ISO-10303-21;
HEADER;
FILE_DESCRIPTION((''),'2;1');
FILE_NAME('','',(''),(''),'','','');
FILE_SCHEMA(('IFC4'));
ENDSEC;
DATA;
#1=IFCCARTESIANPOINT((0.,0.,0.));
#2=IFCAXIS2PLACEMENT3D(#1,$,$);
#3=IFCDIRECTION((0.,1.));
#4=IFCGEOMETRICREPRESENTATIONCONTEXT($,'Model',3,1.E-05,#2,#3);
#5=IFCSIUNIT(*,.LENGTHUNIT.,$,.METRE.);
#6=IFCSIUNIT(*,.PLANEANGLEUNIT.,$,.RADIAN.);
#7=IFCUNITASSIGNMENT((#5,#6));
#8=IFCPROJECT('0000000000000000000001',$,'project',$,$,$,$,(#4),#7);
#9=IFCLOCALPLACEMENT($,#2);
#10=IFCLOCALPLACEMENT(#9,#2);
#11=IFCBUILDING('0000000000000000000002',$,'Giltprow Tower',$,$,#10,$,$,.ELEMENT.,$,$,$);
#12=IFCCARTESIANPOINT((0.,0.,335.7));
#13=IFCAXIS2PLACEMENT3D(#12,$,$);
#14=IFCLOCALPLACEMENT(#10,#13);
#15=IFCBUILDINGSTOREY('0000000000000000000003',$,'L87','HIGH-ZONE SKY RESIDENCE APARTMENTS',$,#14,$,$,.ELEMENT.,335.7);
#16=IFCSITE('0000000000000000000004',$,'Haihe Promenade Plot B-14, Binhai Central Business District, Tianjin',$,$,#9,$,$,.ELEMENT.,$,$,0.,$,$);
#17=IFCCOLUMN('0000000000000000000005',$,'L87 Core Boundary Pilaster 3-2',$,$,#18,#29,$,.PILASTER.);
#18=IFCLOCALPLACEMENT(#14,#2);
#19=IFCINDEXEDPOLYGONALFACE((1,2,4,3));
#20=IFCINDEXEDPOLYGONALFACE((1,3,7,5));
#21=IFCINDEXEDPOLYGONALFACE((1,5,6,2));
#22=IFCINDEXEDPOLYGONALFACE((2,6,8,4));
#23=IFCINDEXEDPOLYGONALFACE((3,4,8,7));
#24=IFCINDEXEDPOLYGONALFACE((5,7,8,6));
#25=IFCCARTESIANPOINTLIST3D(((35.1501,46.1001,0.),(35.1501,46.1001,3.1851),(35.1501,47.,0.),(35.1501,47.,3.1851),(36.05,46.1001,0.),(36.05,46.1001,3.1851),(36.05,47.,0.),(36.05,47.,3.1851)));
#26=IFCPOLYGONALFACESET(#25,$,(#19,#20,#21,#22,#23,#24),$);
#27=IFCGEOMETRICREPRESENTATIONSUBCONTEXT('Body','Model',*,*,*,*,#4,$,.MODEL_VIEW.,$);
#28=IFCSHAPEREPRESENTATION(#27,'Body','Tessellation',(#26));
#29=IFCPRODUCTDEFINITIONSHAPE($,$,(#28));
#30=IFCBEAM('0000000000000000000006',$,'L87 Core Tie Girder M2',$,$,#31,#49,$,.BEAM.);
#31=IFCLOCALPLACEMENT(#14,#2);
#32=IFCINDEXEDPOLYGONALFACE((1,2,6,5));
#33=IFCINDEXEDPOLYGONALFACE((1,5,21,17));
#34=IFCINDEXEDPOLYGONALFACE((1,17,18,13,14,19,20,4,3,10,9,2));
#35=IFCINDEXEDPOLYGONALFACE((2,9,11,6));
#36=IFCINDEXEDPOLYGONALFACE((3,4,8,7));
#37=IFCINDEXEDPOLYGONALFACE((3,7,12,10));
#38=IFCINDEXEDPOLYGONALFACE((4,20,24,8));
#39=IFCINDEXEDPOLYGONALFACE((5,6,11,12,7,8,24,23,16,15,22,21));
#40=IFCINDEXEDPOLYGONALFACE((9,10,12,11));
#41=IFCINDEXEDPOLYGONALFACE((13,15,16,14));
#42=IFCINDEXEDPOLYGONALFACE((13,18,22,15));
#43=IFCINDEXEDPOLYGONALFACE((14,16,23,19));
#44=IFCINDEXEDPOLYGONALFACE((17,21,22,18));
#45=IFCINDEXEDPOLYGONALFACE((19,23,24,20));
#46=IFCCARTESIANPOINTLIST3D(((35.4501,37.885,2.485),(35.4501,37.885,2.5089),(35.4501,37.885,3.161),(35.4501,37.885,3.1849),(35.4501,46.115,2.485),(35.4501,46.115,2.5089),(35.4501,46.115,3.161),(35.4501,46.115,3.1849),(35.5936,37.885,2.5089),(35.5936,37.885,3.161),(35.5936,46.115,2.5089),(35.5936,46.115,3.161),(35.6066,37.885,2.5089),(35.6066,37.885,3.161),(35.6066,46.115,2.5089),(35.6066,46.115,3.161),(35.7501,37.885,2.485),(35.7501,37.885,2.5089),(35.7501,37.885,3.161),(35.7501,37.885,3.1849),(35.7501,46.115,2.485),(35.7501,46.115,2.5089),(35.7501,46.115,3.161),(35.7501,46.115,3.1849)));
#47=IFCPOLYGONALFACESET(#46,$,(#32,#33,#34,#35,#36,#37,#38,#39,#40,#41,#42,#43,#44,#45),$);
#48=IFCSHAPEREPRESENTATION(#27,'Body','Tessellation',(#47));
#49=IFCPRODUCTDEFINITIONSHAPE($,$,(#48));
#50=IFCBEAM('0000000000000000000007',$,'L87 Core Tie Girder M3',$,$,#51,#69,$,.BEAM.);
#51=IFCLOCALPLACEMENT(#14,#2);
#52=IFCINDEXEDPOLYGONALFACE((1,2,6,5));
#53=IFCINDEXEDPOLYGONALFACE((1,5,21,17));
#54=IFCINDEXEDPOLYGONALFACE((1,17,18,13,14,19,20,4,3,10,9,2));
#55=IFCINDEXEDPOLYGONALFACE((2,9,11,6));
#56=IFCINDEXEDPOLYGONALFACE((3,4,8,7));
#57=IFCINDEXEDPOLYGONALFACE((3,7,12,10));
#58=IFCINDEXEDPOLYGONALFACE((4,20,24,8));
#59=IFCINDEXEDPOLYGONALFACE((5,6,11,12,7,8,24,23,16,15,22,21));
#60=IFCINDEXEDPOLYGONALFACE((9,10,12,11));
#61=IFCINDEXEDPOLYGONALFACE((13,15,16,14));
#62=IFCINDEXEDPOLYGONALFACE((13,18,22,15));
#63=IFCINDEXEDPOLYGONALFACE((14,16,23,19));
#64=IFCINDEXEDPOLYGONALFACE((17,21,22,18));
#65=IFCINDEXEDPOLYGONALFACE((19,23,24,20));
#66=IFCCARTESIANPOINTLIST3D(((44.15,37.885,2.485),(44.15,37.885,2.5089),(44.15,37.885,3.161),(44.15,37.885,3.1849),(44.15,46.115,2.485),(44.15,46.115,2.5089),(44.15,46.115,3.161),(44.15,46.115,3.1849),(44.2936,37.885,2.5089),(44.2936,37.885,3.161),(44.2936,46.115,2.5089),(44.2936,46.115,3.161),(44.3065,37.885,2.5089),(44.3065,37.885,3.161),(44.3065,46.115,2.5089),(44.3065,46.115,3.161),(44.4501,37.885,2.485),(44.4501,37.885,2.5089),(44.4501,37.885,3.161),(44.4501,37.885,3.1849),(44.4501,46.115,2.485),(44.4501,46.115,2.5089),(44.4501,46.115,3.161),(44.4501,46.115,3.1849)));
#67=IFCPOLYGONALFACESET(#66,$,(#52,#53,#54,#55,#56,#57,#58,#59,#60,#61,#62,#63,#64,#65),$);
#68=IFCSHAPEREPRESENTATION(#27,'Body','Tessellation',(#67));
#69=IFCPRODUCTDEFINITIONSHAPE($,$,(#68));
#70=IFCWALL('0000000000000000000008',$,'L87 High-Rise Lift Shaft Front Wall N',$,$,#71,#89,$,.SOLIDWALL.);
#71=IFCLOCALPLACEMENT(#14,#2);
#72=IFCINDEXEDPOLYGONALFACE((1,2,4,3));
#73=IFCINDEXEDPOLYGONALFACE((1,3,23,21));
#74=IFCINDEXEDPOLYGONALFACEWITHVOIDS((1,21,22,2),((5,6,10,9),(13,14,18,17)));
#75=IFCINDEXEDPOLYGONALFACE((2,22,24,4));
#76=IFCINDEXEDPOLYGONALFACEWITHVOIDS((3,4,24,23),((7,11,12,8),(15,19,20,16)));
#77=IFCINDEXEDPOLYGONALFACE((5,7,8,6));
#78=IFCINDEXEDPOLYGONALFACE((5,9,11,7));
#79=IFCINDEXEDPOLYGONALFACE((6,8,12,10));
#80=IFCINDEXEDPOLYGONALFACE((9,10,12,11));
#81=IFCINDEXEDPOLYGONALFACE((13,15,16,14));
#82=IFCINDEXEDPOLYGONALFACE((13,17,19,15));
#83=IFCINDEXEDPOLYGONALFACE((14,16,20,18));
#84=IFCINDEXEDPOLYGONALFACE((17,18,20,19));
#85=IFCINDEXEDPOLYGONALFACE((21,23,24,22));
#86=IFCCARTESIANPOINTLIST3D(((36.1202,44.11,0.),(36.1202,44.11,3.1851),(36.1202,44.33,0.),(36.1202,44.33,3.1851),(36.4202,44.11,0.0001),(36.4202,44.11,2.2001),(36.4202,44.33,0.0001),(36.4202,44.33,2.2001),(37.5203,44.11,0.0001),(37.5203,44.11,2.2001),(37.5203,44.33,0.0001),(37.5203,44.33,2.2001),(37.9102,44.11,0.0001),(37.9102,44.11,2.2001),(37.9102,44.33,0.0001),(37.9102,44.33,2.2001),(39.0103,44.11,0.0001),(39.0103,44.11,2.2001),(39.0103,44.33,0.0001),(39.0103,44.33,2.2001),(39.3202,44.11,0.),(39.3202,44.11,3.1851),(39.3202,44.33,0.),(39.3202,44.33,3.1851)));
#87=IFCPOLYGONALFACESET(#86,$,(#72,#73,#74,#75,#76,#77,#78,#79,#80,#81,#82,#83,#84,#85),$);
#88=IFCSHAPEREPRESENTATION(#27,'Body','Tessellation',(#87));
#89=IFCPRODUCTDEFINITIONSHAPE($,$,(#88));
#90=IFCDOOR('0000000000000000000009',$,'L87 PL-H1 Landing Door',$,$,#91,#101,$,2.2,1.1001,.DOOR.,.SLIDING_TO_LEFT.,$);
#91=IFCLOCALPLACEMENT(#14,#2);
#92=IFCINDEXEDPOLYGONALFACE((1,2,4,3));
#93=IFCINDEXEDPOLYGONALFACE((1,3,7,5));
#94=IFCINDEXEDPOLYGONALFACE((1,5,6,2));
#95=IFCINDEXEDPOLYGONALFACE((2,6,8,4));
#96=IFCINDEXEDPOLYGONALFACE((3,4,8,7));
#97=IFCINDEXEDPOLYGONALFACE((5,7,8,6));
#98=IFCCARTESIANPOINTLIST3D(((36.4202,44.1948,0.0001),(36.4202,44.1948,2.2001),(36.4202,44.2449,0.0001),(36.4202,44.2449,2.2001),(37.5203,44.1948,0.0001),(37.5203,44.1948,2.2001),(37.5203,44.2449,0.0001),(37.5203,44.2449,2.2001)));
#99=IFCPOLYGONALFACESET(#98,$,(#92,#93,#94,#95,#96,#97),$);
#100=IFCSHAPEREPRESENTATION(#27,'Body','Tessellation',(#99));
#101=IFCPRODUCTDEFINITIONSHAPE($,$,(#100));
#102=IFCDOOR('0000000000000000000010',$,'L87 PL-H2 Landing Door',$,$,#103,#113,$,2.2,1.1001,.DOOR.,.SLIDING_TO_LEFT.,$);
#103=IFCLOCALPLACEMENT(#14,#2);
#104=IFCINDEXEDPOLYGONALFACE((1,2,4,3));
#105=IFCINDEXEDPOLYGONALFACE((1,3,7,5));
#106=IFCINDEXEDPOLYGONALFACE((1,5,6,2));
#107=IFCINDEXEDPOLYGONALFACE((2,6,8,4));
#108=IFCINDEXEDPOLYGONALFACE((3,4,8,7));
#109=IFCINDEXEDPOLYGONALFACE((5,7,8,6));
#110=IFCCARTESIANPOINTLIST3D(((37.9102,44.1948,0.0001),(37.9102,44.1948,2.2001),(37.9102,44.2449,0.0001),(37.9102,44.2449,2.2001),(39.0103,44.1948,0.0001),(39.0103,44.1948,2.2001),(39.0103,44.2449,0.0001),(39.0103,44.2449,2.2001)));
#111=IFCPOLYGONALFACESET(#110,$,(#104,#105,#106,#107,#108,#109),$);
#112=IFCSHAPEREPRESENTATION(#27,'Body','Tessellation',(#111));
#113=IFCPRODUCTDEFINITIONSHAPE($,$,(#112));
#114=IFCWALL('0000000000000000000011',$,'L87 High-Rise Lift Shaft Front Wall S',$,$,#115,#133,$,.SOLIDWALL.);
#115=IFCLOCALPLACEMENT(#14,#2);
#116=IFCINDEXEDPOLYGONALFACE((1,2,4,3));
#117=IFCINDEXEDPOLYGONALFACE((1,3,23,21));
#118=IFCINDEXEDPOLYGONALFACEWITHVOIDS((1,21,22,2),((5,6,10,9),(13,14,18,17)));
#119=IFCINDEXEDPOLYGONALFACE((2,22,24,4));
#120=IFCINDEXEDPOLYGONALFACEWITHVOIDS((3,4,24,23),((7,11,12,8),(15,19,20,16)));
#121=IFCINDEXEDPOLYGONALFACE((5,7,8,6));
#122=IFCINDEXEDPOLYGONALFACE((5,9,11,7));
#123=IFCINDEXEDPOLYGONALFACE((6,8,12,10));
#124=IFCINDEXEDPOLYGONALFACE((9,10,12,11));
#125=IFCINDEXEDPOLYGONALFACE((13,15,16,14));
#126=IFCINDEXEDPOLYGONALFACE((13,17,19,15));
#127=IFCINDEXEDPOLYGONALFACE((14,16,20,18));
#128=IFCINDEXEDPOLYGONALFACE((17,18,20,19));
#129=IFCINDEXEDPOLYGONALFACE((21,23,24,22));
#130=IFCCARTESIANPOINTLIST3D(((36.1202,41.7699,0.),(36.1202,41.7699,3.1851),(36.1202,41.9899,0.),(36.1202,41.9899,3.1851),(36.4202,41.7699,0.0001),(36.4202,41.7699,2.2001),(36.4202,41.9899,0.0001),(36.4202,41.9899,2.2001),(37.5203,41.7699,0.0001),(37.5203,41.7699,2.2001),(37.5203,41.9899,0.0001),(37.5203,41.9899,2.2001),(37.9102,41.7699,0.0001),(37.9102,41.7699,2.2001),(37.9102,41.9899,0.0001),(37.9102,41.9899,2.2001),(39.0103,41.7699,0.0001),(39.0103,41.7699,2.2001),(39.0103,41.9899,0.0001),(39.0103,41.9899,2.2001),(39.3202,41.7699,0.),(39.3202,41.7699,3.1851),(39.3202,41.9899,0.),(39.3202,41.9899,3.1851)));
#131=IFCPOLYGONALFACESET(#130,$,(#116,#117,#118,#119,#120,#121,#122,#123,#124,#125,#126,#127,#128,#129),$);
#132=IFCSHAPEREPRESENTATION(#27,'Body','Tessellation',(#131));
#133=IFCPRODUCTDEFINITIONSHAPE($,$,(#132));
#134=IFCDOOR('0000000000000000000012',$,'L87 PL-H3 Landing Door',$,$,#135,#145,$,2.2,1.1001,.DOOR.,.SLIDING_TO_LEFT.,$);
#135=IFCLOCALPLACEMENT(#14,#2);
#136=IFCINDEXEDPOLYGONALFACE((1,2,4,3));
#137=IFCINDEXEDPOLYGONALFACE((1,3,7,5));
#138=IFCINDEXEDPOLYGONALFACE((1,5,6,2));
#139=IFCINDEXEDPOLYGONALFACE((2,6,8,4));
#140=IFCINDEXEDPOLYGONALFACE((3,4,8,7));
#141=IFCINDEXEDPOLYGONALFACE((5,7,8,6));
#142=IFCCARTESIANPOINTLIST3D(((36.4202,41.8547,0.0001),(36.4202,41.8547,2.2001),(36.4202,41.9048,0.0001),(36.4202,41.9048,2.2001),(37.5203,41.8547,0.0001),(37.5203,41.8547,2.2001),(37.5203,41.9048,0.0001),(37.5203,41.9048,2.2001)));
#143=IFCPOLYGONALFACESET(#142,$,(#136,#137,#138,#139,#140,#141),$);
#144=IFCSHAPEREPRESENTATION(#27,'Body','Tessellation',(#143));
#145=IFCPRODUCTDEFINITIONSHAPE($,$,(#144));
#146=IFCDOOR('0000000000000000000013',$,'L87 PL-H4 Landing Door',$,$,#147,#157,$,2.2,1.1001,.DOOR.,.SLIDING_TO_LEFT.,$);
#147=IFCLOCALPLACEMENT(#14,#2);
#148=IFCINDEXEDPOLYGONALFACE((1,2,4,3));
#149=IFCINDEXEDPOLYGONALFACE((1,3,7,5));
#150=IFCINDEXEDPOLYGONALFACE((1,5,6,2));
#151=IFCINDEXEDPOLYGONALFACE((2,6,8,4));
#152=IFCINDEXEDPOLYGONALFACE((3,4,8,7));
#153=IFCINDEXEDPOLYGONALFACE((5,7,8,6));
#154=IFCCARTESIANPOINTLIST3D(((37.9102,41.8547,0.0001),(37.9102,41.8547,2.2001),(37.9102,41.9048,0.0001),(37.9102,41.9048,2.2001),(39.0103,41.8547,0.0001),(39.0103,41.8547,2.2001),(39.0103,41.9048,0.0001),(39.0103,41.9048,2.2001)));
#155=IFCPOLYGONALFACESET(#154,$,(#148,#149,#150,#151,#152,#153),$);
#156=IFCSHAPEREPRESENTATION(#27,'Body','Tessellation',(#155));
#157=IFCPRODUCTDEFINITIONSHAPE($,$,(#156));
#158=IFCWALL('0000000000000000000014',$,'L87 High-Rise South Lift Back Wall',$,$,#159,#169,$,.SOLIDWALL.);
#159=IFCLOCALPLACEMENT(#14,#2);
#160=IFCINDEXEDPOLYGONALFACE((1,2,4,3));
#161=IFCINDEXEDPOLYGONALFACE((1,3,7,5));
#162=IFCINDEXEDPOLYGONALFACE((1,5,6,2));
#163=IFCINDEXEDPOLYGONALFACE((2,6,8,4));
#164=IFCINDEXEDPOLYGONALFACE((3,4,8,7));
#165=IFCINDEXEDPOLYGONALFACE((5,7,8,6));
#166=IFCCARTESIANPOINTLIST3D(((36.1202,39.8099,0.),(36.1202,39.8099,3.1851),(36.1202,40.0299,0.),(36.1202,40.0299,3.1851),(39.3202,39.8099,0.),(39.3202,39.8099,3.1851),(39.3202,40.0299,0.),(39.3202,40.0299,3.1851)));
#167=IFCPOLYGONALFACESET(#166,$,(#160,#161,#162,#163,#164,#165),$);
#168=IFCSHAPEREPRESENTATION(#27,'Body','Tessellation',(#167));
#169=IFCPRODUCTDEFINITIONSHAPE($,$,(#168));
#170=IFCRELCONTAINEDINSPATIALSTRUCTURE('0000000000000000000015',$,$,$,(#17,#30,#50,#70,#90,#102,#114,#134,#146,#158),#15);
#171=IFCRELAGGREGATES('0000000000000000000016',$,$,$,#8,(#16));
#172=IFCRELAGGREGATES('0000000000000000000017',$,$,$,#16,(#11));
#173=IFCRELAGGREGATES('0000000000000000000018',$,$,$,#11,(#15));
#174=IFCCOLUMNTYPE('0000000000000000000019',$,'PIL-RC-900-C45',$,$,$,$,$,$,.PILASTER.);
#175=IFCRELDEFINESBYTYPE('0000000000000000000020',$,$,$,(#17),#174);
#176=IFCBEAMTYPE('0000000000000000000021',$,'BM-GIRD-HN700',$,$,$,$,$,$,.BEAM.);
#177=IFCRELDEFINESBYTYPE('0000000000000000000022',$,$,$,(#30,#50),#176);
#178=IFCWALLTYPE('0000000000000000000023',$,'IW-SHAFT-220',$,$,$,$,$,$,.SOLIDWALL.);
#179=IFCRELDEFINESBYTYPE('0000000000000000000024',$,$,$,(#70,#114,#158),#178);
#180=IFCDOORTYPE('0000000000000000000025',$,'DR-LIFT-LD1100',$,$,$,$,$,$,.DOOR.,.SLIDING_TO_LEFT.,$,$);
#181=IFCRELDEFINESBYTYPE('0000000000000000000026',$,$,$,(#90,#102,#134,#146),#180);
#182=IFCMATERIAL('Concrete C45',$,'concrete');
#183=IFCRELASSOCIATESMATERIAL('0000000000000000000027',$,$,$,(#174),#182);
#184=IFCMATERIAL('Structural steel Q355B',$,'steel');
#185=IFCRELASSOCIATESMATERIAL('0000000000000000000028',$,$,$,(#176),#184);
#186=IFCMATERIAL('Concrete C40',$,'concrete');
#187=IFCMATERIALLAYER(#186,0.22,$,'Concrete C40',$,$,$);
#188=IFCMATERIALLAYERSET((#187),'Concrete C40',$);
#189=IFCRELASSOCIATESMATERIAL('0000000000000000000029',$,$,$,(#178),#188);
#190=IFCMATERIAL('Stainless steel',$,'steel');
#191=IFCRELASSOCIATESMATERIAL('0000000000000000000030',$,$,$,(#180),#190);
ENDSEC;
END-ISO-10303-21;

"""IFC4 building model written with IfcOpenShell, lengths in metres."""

from ifc_helpers import new_model, si_unit, direction, frame, frame_2d, origin, origin_2d, place, context, subcontext, project, spatial, rectangle, i_section, extrude, source, transform, mapped, material, layer, layer_set, material_profile, profile_set, type_object, element, fill, save


model = new_model("IFC4")

# Units and contexts
model_context = context("Model", 3, precision=1e-05, world=origin(), true_north=direction((0.0, 1.0)))
body_context = subcontext(model_context, "Body", "Model", "MODEL_VIEW")
ifc_project = project(units=[si_unit("LENGTHUNIT", "METRE"), si_unit("PLANEANGLEUNIT", "RADIAN")], contexts=[model_context])

# Site, building, storey
site_placement = place(None, origin())
site = spatial("IfcSite", under=ifc_project, at=site_placement, Name="Haihe Promenade Plot B-14, Binhai Central Business District, Tianjin", CompositionType="ELEMENT", RefElevation=0.0)
building_placement = place(site_placement, origin())
building = spatial("IfcBuilding", under=site, at=building_placement, Name="Giltprow Tower", CompositionType="ELEMENT")
storey_placement = place(building_placement, frame((0.0, 0.0, 335.7)))
storey = spatial("IfcBuildingStorey", under=building, at=storey_placement, Name="L87", Description="HIGH-ZONE SKY RESIDENCE APARTMENTS", CompositionType="ELEMENT", Elevation=335.7)

# Column
ifc_material_1 = material(Name="Concrete C45", Category="concrete")
ifc_material_profile_1 = material_profile(ifc_material_1, rectangle(XDim=0.8999, YDim=0.8999, at=origin_2d()), Name="RC 900x900")
ifc_profile_set_1 = profile_set([ifc_material_profile_1], Name="Concrete C45")
column_type = type_object("IfcColumnType", Name="PIL-RC-900-C45", PredefinedType="PILASTER", material=ifc_profile_set_1)
shared_shape_1 = source(origin(), body_context, "Body", "SweptSolid", [
    extrude(rectangle(XDim=0.8999, YDim=0.8999, at=origin_2d()), origin(), (0.0, 0.0, 1.0), 3.1851),
])
column_placement = place(storey_placement, frame((35.6001, 46.55, 0.0), z_axis=(0.0, 0.0, 1.0), x_axis=(1.0, 0.0, 0.0)))
element("IfcColumn", 1, at=column_placement, inside=storey, type_object=column_type, Name="L87 Core Boundary Pilaster 3-2", PredefinedType="PILASTER", context=body_context, shape_type="MappedRepresentation", body=[
    mapped(shared_shape_1, transform((0.0, 0.0, 0.0), x_axis=(1.0, 0.0, 0.0), y_axis=(0.0, 1.0, 0.0), z_axis=(0.0, 0.0, 1.0), scale=1.0)),
])

# Beams
ifc_material_2 = material(Name="Structural steel Q355B", Category="steel")
ifc_material_profile_2 = material_profile(ifc_material_2, i_section(OverallWidth=0.3, OverallDepth=0.7, WebThickness=0.0129, FlangeThickness=0.0239, at=origin_2d()), Name="HN 700x300x13x24")
ifc_profile_set_2 = profile_set([ifc_material_profile_2], Name="Structural steel Q355B")
beam_type = type_object("IfcBeamType", Name="BM-GIRD-HN700", PredefinedType="BEAM", material=ifc_profile_set_2)
shared_shape_2 = source(origin(), body_context, "Body", "SweptSolid", [
    extrude(i_section(OverallWidth=0.3, OverallDepth=0.7, WebThickness=0.0129, FlangeThickness=0.0239, at=origin_2d()), origin(), (0.0, 0.0, 1.0), 8.23),
])
for number, where, z_axis, x_axis, name in (
    (2, (35.6001, 37.885, 2.835), (0.0, 1.0, 0.0), (-1.0, 0.0, 0.0), "L87 Core Tie Girder M2"),
    (3, (44.3, 37.885, 2.835), (0.0, 1.0, 0.0), (-1.0, 0.0, 0.0), "L87 Core Tie Girder M3"),
):
    element("IfcBeam", number, at=place(storey_placement, frame(where, z_axis=z_axis, x_axis=x_axis)), inside=storey, type_object=beam_type, Name=name, PredefinedType="BEAM", context=body_context, shape_type="MappedRepresentation", body=[
        mapped(shared_shape_2, transform((0.0, 0.0, 0.0), x_axis=(1.0, 0.0, 0.0), y_axis=(0.0, 1.0, 0.0), z_axis=(0.0, 0.0, 1.0), scale=1.0)),
    ])

# Walls, openings, doors
ifc_material_3 = material(Name="Concrete C40", Category="concrete")
ifc_layer_1 = layer(ifc_material_3, 0.22, Name="Concrete C40")
ifc_layer_set_1 = layer_set([ifc_layer_1], Name="Concrete C40")
wall_type_1 = type_object("IfcWallType", Name="IW-SHAFT-220", PredefinedType="SOLIDWALL", material=ifc_layer_set_1)
wall_1_placement = place(storey_placement, frame((36.1201, 44.22, 0.0), z_axis=(0.0, 0.0, 1.0), x_axis=(1.0, 0.0, 0.0)))
wall_1 = element("IfcWall", 4, at=wall_1_placement, inside=storey, type_object=wall_type_1, Name="L87 High-Rise Lift Shaft Front Wall N", PredefinedType="SOLIDWALL", context=body_context, shape_type="SweptSolid", body=[
    extrude(rectangle(XDim=3.2, YDim=0.22, at=frame_2d((1.6001, 0.0))), origin(), (0.0, 0.0, 1.0), 3.1851),
])
opening_1_placement = place(wall_1_placement, frame((0.3, 0.0, 0.0)))
opening_1 = element("IfcOpeningElement", 5, at=opening_1_placement, cuts=wall_1, PredefinedType="OPENING", context=body_context, shape_type="SweptSolid", body=[
    extrude(rectangle(XDim=1.1001, YDim=2.2, at=frame_2d((0.55, 1.1001))), frame((0.0, 0.1199, 0.0), z_axis=(0.0, -1.0, 0.0), x_axis=(1.0, 0.0, 0.0)), (0.0, 0.0, 1.0), 0.24),
])
opening_2_placement = place(wall_1_placement, frame((1.79, 0.0, 0.0)))
opening_2 = element("IfcOpeningElement", 6, at=opening_2_placement, cuts=wall_1, PredefinedType="OPENING", context=body_context, shape_type="SweptSolid", body=[
    extrude(rectangle(XDim=1.1001, YDim=2.2, at=frame_2d((0.55, 1.1001))), frame((0.0, 0.1199, 0.0), z_axis=(0.0, -1.0, 0.0), x_axis=(1.0, 0.0, 0.0)), (0.0, 0.0, 1.0), 0.24),
])
ifc_material_4 = material(Name="Stainless steel", Category="steel")
door_type_1 = type_object("IfcDoorType", Name="DR-LIFT-LD1100", OperationType="SLIDING_TO_LEFT", PredefinedType="DOOR", material=ifc_material_4)
shared_shape_3 = source(origin(), body_context, "Body", "SweptSolid", [
    extrude(rectangle(XDim=1.1001, YDim=2.2, at=frame_2d((0.55, 1.1001))), frame((0.0, 0.0249, 0.0), z_axis=(0.0, -1.0, 0.0), x_axis=(1.0, 0.0, 0.0)), (0.0, 0.0, 1.0), 0.05),
])
door_1_placement = place(opening_1_placement, origin())
door_1 = element("IfcDoor", 7, at=door_1_placement, inside=storey, type_object=door_type_1, Name="L87 PL-H1 Landing Door", OperationType="SLIDING_TO_LEFT", OverallHeight=2.2, OverallWidth=1.1001, PredefinedType="DOOR", context=body_context, shape_type="MappedRepresentation", body=[
    mapped(shared_shape_3, transform((0.0, 0.0, 0.0), x_axis=(1.0, 0.0, 0.0), y_axis=(0.0, 1.0, 0.0), z_axis=(0.0, 0.0, 1.0), scale=1.0)),
])
fill(opening_1, door_1)
door_2_placement = place(opening_2_placement, origin())
door_2 = element("IfcDoor", 8, at=door_2_placement, inside=storey, type_object=door_type_1, Name="L87 PL-H2 Landing Door", OperationType="SLIDING_TO_LEFT", OverallHeight=2.2, OverallWidth=1.1001, PredefinedType="DOOR", context=body_context, shape_type="MappedRepresentation", body=[
    mapped(shared_shape_3, transform((0.0, 0.0, 0.0), x_axis=(1.0, 0.0, 0.0), y_axis=(0.0, 1.0, 0.0), z_axis=(0.0, 0.0, 1.0), scale=1.0)),
])
fill(opening_2, door_2)
wall_2_placement = place(storey_placement, frame((36.1201, 41.8799, 0.0), z_axis=(0.0, 0.0, 1.0), x_axis=(1.0, 0.0, 0.0)))
wall_2 = element("IfcWall", 9, at=wall_2_placement, inside=storey, type_object=wall_type_1, Name="L87 High-Rise Lift Shaft Front Wall S", PredefinedType="SOLIDWALL", context=body_context, shape_type="SweptSolid", body=[
    extrude(rectangle(XDim=3.2, YDim=0.22, at=frame_2d((1.6001, 0.0))), origin(), (0.0, 0.0, 1.0), 3.1851),
])
opening_3_placement = place(wall_2_placement, frame((0.3, 0.0, 0.0)))
opening_3 = element("IfcOpeningElement", 10, at=opening_3_placement, cuts=wall_2, PredefinedType="OPENING", context=body_context, shape_type="SweptSolid", body=[
    extrude(rectangle(XDim=1.1001, YDim=2.2, at=frame_2d((0.55, 1.1001))), frame((0.0, 0.1199, 0.0), z_axis=(0.0, -1.0, 0.0), x_axis=(1.0, 0.0, 0.0)), (0.0, 0.0, 1.0), 0.24),
])
opening_4_placement = place(wall_2_placement, frame((1.79, 0.0, 0.0)))
opening_4 = element("IfcOpeningElement", 11, at=opening_4_placement, cuts=wall_2, PredefinedType="OPENING", context=body_context, shape_type="SweptSolid", body=[
    extrude(rectangle(XDim=1.1001, YDim=2.2, at=frame_2d((0.55, 1.1001))), frame((0.0, 0.1199, 0.0), z_axis=(0.0, -1.0, 0.0), x_axis=(1.0, 0.0, 0.0)), (0.0, 0.0, 1.0), 0.24),
])
door_3_placement = place(opening_3_placement, origin())
door_3 = element("IfcDoor", 12, at=door_3_placement, inside=storey, type_object=door_type_1, Name="L87 PL-H3 Landing Door", OperationType="SLIDING_TO_LEFT", OverallHeight=2.2, OverallWidth=1.1001, PredefinedType="DOOR", context=body_context, shape_type="MappedRepresentation", body=[
    mapped(shared_shape_3, transform((0.0, 0.0, 0.0), x_axis=(1.0, 0.0, 0.0), y_axis=(0.0, 1.0, 0.0), z_axis=(0.0, 0.0, 1.0), scale=1.0)),
])
fill(opening_3, door_3)
door_4_placement = place(opening_4_placement, origin())
door_4 = element("IfcDoor", 13, at=door_4_placement, inside=storey, type_object=door_type_1, Name="L87 PL-H4 Landing Door", OperationType="SLIDING_TO_LEFT", OverallHeight=2.2, OverallWidth=1.1001, PredefinedType="DOOR", context=body_context, shape_type="MappedRepresentation", body=[
    mapped(shared_shape_3, transform((0.0, 0.0, 0.0), x_axis=(1.0, 0.0, 0.0), y_axis=(0.0, 1.0, 0.0), z_axis=(0.0, 0.0, 1.0), scale=1.0)),
])
fill(opening_4, door_4)

# Wall
wall_3_placement = place(storey_placement, frame((36.1201, 39.9199, 0.0), z_axis=(0.0, 0.0, 1.0), x_axis=(1.0, 0.0, 0.0)))
element("IfcWall", 14, at=wall_3_placement, inside=storey, type_object=wall_type_1, Name="L87 High-Rise South Lift Back Wall", PredefinedType="SOLIDWALL", context=body_context, shape_type="SweptSolid", body=[
    extrude(rectangle(XDim=3.2, YDim=0.22, at=frame_2d((1.6001, 0.0))), origin(), (0.0, 0.0, 1.0), 3.1851),
])

save(model, "model.ifc")
